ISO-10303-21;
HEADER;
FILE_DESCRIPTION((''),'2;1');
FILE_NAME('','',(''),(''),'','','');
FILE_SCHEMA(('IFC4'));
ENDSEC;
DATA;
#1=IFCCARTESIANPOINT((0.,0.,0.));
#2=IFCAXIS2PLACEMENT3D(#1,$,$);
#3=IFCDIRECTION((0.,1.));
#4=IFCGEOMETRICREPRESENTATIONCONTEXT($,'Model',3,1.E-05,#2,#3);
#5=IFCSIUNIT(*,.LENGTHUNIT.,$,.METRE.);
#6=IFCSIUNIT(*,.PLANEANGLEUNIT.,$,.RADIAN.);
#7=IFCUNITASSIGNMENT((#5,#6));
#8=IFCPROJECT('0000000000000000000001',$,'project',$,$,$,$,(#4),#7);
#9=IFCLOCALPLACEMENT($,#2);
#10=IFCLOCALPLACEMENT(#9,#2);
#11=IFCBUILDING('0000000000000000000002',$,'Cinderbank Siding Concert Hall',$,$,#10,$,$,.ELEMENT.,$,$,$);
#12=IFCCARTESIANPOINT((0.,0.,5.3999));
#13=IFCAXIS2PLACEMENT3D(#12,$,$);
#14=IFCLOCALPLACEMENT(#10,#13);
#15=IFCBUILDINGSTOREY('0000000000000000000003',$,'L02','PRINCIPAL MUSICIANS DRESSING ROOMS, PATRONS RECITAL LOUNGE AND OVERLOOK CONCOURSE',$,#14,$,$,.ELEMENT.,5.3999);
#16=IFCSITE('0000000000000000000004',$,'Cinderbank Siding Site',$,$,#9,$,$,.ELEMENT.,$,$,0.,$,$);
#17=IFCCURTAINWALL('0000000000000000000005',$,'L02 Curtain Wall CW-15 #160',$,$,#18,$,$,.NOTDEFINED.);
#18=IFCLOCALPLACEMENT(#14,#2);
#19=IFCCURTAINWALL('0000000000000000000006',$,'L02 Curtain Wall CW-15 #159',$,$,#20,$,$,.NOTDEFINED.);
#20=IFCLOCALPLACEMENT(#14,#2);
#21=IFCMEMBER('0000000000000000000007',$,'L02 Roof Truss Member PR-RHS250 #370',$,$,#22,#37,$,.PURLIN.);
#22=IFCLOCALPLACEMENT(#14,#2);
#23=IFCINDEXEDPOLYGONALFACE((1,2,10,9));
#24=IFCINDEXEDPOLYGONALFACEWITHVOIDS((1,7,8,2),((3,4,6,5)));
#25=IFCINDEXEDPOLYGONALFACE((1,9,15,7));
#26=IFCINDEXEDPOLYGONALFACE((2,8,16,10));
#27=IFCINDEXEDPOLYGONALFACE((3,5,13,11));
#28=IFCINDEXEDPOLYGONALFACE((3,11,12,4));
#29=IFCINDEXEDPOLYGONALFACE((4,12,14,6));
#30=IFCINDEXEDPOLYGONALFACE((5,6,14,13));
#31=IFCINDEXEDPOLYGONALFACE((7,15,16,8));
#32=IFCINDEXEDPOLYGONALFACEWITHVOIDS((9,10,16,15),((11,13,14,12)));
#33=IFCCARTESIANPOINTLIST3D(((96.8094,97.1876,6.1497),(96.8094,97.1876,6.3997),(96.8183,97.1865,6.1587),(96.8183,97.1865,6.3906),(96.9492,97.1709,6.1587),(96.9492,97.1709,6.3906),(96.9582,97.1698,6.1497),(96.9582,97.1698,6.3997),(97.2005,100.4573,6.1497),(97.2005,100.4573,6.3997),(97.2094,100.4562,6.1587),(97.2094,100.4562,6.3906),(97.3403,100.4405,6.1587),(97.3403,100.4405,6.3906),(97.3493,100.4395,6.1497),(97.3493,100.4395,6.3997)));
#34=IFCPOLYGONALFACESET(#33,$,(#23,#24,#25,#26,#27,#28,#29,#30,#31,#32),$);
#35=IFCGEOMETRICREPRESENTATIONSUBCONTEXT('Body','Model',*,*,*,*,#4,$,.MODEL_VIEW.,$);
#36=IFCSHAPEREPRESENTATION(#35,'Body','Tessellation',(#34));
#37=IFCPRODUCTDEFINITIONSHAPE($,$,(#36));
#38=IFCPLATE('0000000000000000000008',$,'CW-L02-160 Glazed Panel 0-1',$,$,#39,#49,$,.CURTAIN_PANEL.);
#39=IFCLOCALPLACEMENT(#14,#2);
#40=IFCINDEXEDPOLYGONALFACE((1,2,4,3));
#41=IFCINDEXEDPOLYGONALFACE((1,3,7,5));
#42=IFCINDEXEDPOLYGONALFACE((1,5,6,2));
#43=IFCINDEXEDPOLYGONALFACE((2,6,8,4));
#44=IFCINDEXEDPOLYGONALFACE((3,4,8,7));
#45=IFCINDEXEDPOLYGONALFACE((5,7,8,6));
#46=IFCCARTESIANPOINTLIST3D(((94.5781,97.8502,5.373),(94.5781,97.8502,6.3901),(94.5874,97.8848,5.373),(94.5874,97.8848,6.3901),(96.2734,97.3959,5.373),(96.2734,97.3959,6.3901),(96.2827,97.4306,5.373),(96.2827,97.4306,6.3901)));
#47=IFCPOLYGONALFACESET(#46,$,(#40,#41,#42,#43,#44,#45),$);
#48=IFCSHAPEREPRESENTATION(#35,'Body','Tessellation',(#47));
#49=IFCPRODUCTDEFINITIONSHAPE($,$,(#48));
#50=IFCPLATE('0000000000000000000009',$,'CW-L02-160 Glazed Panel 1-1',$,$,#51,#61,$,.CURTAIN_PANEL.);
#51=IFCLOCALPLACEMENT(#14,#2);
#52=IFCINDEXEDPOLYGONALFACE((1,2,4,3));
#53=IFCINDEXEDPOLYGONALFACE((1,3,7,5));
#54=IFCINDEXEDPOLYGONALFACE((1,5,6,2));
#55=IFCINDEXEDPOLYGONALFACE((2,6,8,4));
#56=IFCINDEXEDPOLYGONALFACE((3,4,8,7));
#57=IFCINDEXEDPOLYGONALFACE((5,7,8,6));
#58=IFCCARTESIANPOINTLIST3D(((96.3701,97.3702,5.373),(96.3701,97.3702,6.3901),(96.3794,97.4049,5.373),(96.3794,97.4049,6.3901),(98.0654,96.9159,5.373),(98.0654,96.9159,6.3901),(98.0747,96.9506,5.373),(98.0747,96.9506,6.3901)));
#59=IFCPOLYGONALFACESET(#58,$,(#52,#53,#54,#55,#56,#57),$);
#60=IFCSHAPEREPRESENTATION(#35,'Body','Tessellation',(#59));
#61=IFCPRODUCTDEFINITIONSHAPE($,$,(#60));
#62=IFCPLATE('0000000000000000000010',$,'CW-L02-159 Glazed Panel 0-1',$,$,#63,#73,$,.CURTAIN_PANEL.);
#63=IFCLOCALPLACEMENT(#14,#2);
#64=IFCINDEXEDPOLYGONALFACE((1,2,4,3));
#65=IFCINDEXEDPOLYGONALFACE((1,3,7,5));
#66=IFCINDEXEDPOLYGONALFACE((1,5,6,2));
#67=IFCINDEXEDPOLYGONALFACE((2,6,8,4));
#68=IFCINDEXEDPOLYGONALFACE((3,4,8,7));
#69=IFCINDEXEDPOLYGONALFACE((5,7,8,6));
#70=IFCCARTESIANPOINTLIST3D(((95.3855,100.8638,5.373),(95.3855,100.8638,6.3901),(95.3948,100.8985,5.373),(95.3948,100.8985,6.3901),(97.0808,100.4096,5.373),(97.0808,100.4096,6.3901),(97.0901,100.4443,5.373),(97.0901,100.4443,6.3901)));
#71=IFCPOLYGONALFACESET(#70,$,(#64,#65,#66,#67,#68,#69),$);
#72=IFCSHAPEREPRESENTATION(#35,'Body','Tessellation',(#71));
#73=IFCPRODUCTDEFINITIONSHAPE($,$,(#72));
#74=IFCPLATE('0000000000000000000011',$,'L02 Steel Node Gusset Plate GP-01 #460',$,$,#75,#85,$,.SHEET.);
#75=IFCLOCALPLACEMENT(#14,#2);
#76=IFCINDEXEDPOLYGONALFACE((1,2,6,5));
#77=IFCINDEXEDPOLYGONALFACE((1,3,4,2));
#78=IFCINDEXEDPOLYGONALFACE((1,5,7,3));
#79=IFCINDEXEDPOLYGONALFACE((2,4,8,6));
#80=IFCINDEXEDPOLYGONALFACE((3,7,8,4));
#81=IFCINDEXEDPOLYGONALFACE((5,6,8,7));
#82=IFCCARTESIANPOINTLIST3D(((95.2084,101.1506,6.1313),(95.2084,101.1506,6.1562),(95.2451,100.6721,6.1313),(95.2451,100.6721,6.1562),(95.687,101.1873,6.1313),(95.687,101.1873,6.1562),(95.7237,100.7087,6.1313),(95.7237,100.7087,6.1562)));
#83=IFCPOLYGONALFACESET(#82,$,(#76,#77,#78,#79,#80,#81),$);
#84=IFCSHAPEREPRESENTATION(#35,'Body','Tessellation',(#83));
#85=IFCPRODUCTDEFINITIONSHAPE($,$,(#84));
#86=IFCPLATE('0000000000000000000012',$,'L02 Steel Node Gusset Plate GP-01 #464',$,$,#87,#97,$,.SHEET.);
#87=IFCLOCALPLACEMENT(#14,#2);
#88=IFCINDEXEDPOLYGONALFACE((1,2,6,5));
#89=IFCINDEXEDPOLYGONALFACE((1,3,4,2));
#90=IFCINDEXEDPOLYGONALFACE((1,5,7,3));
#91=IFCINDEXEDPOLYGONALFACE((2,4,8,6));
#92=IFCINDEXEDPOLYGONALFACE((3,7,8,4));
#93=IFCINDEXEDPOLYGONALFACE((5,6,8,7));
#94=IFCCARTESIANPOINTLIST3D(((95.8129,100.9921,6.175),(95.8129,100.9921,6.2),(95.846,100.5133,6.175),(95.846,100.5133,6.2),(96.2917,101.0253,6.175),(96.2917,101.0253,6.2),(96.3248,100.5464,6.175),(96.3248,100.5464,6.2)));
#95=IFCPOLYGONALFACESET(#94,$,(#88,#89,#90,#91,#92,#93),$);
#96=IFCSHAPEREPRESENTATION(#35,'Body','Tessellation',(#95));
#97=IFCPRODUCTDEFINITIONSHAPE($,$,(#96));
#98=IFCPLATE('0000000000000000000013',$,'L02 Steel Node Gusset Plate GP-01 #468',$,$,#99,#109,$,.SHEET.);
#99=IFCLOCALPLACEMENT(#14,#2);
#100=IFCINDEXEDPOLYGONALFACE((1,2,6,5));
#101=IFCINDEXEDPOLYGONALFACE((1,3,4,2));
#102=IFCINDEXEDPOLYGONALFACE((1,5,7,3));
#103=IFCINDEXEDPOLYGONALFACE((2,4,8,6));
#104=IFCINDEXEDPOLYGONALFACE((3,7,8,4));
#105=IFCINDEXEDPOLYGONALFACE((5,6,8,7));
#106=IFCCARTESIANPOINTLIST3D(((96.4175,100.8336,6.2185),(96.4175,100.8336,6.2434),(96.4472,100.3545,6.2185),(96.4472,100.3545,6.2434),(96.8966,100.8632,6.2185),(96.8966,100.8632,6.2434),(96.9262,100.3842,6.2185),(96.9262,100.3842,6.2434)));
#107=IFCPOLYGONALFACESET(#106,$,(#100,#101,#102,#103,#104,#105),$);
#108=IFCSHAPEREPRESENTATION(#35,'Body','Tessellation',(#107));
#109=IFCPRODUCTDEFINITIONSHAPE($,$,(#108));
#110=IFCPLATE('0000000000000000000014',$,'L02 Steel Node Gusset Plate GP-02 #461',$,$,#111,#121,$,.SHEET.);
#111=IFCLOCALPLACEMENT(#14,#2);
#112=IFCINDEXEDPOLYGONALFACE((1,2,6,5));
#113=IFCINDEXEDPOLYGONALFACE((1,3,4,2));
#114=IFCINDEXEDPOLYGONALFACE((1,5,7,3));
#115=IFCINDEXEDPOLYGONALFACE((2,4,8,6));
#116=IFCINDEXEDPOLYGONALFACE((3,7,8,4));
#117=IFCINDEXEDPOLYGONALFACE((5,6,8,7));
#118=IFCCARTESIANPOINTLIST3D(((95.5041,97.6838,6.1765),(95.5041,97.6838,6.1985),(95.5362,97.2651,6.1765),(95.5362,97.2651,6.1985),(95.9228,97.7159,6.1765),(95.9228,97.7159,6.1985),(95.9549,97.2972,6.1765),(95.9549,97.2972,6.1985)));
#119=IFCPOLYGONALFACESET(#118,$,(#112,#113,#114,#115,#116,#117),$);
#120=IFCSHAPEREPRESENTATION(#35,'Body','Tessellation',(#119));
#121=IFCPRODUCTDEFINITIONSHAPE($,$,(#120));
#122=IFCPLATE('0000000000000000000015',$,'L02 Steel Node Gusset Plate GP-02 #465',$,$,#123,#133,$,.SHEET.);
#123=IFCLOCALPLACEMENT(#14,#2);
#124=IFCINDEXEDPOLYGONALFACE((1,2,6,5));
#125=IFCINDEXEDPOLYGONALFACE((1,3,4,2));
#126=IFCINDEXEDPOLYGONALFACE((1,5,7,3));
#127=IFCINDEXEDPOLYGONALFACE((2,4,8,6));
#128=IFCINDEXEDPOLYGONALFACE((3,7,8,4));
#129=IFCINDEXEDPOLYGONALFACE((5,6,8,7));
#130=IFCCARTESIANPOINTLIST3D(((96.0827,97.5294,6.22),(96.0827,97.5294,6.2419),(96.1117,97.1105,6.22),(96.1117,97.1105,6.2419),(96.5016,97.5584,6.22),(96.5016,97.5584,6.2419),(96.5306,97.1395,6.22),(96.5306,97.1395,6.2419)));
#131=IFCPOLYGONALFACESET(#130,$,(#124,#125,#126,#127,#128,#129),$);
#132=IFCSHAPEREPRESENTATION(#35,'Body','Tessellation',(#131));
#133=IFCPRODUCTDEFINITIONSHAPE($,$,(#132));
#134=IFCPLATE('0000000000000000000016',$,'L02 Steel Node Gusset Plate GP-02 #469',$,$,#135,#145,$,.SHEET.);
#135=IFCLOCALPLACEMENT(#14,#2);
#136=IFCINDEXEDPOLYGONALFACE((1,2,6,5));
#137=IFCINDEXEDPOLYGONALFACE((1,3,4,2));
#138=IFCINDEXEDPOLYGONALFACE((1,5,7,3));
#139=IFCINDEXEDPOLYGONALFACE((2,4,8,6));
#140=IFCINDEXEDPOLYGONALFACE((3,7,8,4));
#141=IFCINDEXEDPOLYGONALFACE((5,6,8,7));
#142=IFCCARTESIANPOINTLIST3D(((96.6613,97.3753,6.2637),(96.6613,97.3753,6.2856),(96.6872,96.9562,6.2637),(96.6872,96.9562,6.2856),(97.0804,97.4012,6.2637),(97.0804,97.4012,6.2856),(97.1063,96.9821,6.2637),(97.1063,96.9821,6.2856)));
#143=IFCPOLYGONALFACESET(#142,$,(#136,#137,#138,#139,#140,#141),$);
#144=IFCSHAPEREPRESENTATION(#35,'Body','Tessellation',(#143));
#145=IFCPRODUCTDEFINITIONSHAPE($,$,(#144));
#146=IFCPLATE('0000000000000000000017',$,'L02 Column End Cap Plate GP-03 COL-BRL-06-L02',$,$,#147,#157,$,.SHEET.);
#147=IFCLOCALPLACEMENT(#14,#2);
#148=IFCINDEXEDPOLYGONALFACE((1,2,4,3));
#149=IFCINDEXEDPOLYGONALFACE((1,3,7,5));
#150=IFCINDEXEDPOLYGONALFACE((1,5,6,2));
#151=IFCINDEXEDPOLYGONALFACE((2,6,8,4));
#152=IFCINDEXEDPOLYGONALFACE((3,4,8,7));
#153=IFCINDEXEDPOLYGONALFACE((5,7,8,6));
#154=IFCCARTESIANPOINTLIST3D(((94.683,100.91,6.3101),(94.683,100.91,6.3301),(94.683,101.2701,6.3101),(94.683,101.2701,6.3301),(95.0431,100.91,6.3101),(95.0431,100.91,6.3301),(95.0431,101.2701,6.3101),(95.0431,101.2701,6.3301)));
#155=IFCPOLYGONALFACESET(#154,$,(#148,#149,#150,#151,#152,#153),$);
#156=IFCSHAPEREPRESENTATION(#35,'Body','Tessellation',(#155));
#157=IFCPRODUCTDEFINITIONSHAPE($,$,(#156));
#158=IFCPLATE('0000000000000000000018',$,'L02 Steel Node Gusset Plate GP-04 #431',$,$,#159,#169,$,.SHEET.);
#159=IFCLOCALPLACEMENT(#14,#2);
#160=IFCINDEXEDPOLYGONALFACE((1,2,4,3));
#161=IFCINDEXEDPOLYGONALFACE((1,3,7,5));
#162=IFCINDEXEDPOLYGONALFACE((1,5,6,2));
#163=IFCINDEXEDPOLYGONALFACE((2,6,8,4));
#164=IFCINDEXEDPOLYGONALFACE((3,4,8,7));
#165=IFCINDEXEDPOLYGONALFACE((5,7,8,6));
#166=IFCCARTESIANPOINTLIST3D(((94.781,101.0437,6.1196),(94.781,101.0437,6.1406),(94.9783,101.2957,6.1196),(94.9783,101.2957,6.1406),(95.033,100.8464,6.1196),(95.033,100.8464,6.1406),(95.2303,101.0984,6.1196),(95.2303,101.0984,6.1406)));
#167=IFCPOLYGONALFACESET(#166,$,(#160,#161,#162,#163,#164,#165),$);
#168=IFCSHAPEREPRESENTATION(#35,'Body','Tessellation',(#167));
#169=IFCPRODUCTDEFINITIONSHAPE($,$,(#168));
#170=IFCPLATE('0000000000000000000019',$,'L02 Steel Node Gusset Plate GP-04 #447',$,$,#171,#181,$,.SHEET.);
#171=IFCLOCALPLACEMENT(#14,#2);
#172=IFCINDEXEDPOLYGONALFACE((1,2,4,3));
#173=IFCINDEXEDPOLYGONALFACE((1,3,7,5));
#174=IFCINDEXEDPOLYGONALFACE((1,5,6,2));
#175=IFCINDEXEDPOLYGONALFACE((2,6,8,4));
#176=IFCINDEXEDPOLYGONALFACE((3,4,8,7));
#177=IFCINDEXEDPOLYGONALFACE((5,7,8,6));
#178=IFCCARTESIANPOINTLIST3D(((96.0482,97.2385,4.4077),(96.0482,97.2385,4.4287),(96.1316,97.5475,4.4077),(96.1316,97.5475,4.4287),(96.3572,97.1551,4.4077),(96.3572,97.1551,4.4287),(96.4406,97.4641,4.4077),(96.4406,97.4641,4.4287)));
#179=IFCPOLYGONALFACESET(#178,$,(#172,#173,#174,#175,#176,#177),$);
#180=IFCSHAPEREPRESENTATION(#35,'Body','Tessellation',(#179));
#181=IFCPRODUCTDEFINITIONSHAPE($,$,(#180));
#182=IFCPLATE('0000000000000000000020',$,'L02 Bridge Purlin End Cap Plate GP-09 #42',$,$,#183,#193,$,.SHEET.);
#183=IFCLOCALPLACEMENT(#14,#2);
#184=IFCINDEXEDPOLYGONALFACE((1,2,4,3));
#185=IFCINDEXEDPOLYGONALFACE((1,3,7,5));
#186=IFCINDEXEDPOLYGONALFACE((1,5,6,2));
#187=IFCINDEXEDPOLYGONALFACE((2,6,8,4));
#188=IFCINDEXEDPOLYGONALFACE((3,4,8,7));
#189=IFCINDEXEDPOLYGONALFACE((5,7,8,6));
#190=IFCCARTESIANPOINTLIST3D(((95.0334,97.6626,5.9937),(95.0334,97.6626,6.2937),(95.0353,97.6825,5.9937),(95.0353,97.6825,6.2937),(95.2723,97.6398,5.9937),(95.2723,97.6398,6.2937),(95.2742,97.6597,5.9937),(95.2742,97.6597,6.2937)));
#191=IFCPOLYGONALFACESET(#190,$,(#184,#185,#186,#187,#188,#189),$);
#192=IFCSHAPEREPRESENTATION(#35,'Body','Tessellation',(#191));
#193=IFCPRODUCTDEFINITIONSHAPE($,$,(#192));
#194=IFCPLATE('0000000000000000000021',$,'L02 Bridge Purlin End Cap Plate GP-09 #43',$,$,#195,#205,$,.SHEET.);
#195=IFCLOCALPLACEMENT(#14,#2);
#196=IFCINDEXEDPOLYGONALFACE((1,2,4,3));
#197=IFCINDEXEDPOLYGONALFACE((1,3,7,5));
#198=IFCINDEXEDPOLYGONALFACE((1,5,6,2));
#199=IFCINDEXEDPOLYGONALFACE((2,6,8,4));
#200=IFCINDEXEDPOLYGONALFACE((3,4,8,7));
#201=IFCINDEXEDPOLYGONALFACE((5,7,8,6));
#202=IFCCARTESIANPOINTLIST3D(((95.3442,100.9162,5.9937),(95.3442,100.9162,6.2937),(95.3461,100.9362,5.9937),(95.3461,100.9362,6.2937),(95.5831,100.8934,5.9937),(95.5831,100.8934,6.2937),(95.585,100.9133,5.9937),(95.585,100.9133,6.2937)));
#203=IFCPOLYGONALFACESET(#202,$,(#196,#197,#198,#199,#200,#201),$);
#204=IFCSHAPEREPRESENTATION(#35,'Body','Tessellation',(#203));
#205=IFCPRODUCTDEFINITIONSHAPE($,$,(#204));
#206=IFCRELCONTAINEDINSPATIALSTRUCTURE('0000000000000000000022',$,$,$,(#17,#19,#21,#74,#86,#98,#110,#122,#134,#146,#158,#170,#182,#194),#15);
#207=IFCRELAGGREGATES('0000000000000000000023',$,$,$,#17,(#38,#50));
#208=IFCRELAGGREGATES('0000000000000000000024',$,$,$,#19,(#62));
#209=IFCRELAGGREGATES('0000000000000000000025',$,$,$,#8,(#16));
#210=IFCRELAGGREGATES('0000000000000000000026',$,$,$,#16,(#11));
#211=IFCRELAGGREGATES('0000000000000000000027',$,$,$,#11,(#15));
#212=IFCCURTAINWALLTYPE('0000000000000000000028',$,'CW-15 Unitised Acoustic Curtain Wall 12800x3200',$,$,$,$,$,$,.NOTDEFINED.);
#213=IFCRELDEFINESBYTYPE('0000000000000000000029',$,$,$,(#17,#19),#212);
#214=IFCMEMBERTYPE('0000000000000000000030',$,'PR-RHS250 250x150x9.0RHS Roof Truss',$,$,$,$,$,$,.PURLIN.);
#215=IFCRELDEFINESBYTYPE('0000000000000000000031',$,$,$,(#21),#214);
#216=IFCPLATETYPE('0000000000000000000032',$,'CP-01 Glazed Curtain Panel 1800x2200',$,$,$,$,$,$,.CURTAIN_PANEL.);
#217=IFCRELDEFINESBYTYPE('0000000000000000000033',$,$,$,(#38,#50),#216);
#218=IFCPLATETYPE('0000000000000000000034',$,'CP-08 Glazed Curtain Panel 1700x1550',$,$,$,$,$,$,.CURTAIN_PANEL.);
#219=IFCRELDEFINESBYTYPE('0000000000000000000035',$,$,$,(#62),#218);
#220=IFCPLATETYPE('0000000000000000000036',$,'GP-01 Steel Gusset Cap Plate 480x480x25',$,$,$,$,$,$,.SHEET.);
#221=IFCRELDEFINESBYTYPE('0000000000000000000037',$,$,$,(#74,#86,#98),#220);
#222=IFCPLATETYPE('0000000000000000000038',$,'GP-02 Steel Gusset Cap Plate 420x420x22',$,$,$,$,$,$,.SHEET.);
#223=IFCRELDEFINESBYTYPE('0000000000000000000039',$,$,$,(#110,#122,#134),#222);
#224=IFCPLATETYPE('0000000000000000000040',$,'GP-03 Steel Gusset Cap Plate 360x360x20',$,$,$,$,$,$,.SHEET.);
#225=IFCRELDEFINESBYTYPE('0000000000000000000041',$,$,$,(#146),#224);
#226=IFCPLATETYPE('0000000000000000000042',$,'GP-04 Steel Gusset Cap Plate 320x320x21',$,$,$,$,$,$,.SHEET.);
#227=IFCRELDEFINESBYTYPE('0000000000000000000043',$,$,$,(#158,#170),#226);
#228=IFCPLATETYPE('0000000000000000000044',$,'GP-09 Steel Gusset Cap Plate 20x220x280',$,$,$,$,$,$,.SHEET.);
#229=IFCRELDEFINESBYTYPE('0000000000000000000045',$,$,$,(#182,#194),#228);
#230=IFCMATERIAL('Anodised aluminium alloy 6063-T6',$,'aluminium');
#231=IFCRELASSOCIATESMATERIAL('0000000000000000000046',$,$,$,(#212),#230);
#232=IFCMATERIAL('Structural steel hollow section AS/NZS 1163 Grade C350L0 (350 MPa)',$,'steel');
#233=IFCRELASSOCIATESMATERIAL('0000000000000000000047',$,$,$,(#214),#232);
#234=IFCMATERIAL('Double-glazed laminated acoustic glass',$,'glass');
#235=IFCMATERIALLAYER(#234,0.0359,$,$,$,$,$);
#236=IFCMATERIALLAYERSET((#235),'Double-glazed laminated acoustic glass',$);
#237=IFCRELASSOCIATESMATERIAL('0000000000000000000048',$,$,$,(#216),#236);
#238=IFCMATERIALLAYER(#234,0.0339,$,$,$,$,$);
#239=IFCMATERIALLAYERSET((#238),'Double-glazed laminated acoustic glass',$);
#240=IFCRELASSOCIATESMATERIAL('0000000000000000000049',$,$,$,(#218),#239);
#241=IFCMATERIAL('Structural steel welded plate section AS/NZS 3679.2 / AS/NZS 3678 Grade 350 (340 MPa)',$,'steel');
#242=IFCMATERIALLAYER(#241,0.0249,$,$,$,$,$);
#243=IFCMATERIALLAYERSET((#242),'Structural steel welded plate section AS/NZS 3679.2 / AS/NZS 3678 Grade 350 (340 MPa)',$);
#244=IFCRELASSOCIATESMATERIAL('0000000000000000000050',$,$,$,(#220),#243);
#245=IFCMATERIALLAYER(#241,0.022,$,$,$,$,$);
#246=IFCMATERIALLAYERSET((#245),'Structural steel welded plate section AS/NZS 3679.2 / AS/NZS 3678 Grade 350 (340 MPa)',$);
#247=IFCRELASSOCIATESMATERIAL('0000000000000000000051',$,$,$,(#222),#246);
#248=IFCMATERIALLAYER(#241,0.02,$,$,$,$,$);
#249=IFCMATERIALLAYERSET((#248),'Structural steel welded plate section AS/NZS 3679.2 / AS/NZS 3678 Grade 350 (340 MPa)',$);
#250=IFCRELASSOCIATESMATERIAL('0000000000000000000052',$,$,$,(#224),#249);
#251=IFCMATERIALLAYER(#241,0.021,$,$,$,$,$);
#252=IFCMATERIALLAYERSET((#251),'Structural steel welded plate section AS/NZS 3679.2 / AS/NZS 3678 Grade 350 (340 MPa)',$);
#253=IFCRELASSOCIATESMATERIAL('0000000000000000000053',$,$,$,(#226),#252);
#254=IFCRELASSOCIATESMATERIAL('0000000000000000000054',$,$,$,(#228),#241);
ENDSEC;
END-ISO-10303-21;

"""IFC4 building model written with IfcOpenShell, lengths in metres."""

from ifc_helpers import new_model, si_unit, direction, frame, origin, origin_2d, place, context, subcontext, project, spatial, rectangle, hollow_rectangle, extrude, material, layer, layer_set, material_profile, profile_set, type_object, element, aggregate, save


model = new_model("IFC4")

# Units and contexts
model_context = context("Model", 3, precision=1e-05, world=origin(), true_north=direction((0.0, 1.0)))
body_context = subcontext(model_context, "Body", "Model", "MODEL_VIEW")
ifc_project = project(units=[si_unit("LENGTHUNIT", "METRE"), si_unit("PLANEANGLEUNIT", "RADIAN")], contexts=[model_context])

# Site, building, storey
site_placement = place(None, origin())
site = spatial("IfcSite", under=ifc_project, at=site_placement, Name="Cinderbank Siding Site", CompositionType="ELEMENT", RefElevation=0.0)
building_placement = place(site_placement, origin())
building = spatial("IfcBuilding", under=site, at=building_placement, Name="Cinderbank Siding Concert Hall", CompositionType="ELEMENT")
storey_placement = place(building_placement, frame((0.0, 0.0, 5.3999)))
storey = spatial("IfcBuildingStorey", under=building, at=storey_placement, Name="L02", Description="PRINCIPAL MUSICIANS DRESSING ROOMS, PATRONS RECITAL LOUNGE AND OVERLOOK CONCOURSE", CompositionType="ELEMENT", Elevation=5.3999)

# Shared definitions
ifc_material_1 = material(Name="Structural steel hollow section AS/NZS 1163 Grade C350L0 (350 MPa)", Category="steel")

# Curtain walls
ifc_material_2 = material(Name="Anodised aluminium alloy 6063-T6", Category="aluminium")
curtain_wall_type = type_object("IfcCurtainWallType", Name="CW-15 Unitised Acoustic Curtain Wall 12800x3200", PredefinedType="NOTDEFINED", material=ifc_material_2)
curtain_wall_1_placement = place(storey_placement, origin())
curtain_wall_1 = element("IfcCurtainWall", 1, at=curtain_wall_1_placement, inside=storey, type_object=curtain_wall_type, Name="L02 Curtain Wall CW-15 #160", PredefinedType="NOTDEFINED")
curtain_wall_2_placement = place(storey_placement, origin())
curtain_wall_2 = element("IfcCurtainWall", 2, at=curtain_wall_2_placement, inside=storey, type_object=curtain_wall_type, Name="L02 Curtain Wall CW-15 #159", PredefinedType="NOTDEFINED")

# Member
ifc_material_profile_1 = material_profile(ifc_material_1, hollow_rectangle(XDim=0.1499, YDim=0.25, WallThickness=0.009, at=origin_2d()), Name="250x150x9.0RHS", Category="LoadBearing")
ifc_profile_set_1 = profile_set([ifc_material_profile_1], Name="Structural steel hollow section AS/NZS 1163 Grade C350L0 (350 MPa)")
member_type_1 = type_object("IfcMemberType", Name="PR-RHS250 250x150x9.0RHS Roof Truss", PredefinedType="PURLIN", material=ifc_profile_set_1)
member_1_placement = place(storey_placement, frame((96.8838, 97.1787, 6.2747), z_axis=(0.118768, 0.992922, 0.0), x_axis=(-0.992922, 0.118768, 0.0)))
element("IfcMember", 3, at=member_1_placement, inside=storey, type_object=member_type_1, Name="L02 Roof Truss Member PR-RHS250 #370", PredefinedType="PURLIN", context=body_context, shape_type="SweptSolid", body=[
    extrude(hollow_rectangle(XDim=0.1499, YDim=0.25, WallThickness=0.009, at=origin_2d()), origin(), (0.0, 0.0, 1.0), 3.293),
])

# Plates
ifc_material_3 = material(Name="Double-glazed laminated acoustic glass", Category="glass")
ifc_layer_1 = layer(ifc_material_3, 0.0359)
ifc_layer_set_1 = layer_set([ifc_layer_1], Name="Double-glazed laminated acoustic glass")
plate_type_1 = type_object("IfcPlateType", Name="CP-01 Glazed Curtain Panel 1800x2200", PredefinedType="CURTAIN_PANEL", material=ifc_layer_set_1)
plate_1_placement = place(storey_placement, frame((95.4304, 97.6404, 5.373), z_axis=(0.0, 0.0, 1.0), x_axis=(0.965926, -0.258818, 0.0)))
plate_1 = element("IfcPlate", 4, at=plate_1_placement, type_object=plate_type_1, Name="CW-L02-160 Glazed Panel 0-1", PredefinedType="CURTAIN_PANEL", context=body_context, shape_type="SweptSolid", body=[
    extrude(rectangle(XDim=1.7551, YDim=0.0359, at=origin_2d()), origin(), (0.0, 0.0, 1.0), 1.0171),
])
plate_2_placement = place(storey_placement, frame((97.2224, 97.1604, 5.373), z_axis=(0.0, 0.0, 1.0), x_axis=(0.965926, -0.258818, 0.0)))
plate_2 = element("IfcPlate", 5, at=plate_2_placement, type_object=plate_type_1, Name="CW-L02-160 Glazed Panel 1-1", PredefinedType="CURTAIN_PANEL", context=body_context, shape_type="SweptSolid", body=[
    extrude(rectangle(XDim=1.7551, YDim=0.0359, at=origin_2d()), origin(), (0.0, 0.0, 1.0), 1.0171),
])
aggregate(curtain_wall_1, [plate_1, plate_2])
ifc_layer_2 = layer(ifc_material_3, 0.0339)
ifc_layer_set_2 = layer_set([ifc_layer_2], Name="Double-glazed laminated acoustic glass")
plate_type_2 = type_object("IfcPlateType", Name="CP-08 Glazed Curtain Panel 1700x1550", PredefinedType="CURTAIN_PANEL", material=ifc_layer_set_2)
plate_3_placement = place(storey_placement, frame((96.2378, 100.6541, 5.373), z_axis=(0.0, 0.0, 1.0), x_axis=(0.965926, -0.258818, 0.0)))
plate_3 = element("IfcPlate", 6, at=plate_3_placement, type_object=plate_type_2, Name="CW-L02-159 Glazed Panel 0-1", PredefinedType="CURTAIN_PANEL", context=body_context, shape_type="SweptSolid", body=[
    extrude(rectangle(XDim=1.7551, YDim=0.0359, at=origin_2d()), origin(), (0.0, 0.0, 1.0), 1.0171),
])
aggregate(curtain_wall_2, [plate_3])

# Plates
ifc_material_4 = material(Name="Structural steel welded plate section AS/NZS 3679.2 / AS/NZS 3678 Grade 350 (340 MPa)", Category="steel")
ifc_layer_3 = layer(ifc_material_4, 0.0249)
ifc_layer_set_3 = layer_set([ifc_layer_3], Name="Structural steel welded plate section AS/NZS 3679.2 / AS/NZS 3678 Grade 350 (340 MPa)")
plate_type_3 = type_object("IfcPlateType", Name="GP-01 Steel Gusset Cap Plate 480x480x25", PredefinedType="SHEET", material=ifc_layer_set_3)
for number, where, z_axis, x_axis, name in (
    (7, (95.4661, 100.9297, 6.1313), (0.0, 0.0, 1.0), (0.076371, -0.997079, 0.0), "L02 Steel Node Gusset Plate GP-01 #460"),
    (8, (96.0688, 100.7693, 6.175), (0.0, 0.0, 1.0), (0.06906, -0.997613, 0.0), "L02 Steel Node Gusset Plate GP-01 #464"),
    (9, (96.6719, 100.6089, 6.2185), (0.0, 0.0, 1.0), (0.061745, -0.998092, 0.0), "L02 Steel Node Gusset Plate GP-01 #468"),
):
    element("IfcPlate", number, at=place(storey_placement, frame(where, z_axis=z_axis, x_axis=x_axis)), inside=storey, type_object=plate_type_3, Name=name, PredefinedType="SHEET", context=body_context, shape_type="SweptSolid", body=[
        extrude(rectangle(XDim=0.48, YDim=0.48, at=origin_2d()), origin(), (0.0, 0.0, 1.0), 0.0249),
    ])
ifc_layer_4 = layer(ifc_material_4, 0.022)
ifc_layer_set_4 = layer_set([ifc_layer_4], Name="Structural steel welded plate section AS/NZS 3679.2 / AS/NZS 3678 Grade 350 (340 MPa)")
plate_type_4 = type_object("IfcPlateType", Name="GP-02 Steel Gusset Cap Plate 420x420x22", PredefinedType="SHEET", material=ifc_layer_set_4)
for number, where, z_axis, x_axis, name in (
    (10, (95.7295, 97.4905, 6.1765), (0.0, 0.0, 1.0), (0.076371, -0.997079, 0.0), "L02 Steel Node Gusset Plate GP-02 #461"),
    (11, (96.3066, 97.3345, 6.22), (0.0, 0.0, 1.0), (0.06906, -0.997613, 0.0), "L02 Steel Node Gusset Plate GP-02 #465"),
    (12, (96.8838, 97.1787, 6.2637), (0.0, 0.0, 1.0), (0.061745, -0.998092, 0.0), "L02 Steel Node Gusset Plate GP-02 #469"),
):
    element("IfcPlate", number, at=place(storey_placement, frame(where, z_axis=z_axis, x_axis=x_axis)), inside=storey, type_object=plate_type_4, Name=name, PredefinedType="SHEET", context=body_context, shape_type="SweptSolid", body=[
        extrude(rectangle(XDim=0.4199, YDim=0.4199, at=origin_2d()), origin(), (0.0, 0.0, 1.0), 0.022),
    ])
ifc_layer_5 = layer(ifc_material_4, 0.02)
ifc_layer_set_5 = layer_set([ifc_layer_5], Name="Structural steel welded plate section AS/NZS 3679.2 / AS/NZS 3678 Grade 350 (340 MPa)")
plate_type_5 = type_object("IfcPlateType", Name="GP-03 Steel Gusset Cap Plate 360x360x20", PredefinedType="SHEET", material=ifc_layer_set_5)
plate_4_placement = place(storey_placement, frame((94.863, 101.0901, 6.3101), z_axis=(0.0, 0.0, 1.0), x_axis=(1.0, 0.0, 0.0)))
element("IfcPlate", 13, at=plate_4_placement, inside=storey, type_object=plate_type_5, Name="L02 Column End Cap Plate GP-03 COL-BRL-06-L02", PredefinedType="SHEET", context=body_context, shape_type="SweptSolid", body=[
    extrude(rectangle(XDim=0.3601, YDim=0.3601, at=origin_2d()), origin(), (0.0, 0.0, 1.0), 0.02),
])
ifc_layer_6 = layer(ifc_material_4, 0.021)
ifc_layer_set_6 = layer_set([ifc_layer_6], Name="Structural steel welded plate section AS/NZS 3679.2 / AS/NZS 3678 Grade 350 (340 MPa)")
plate_type_6 = type_object("IfcPlateType", Name="GP-04 Steel Gusset Cap Plate 320x320x21", PredefinedType="SHEET", material=ifc_layer_set_6)
for number, where, z_axis, x_axis, name in (
    (14, (95.0056, 101.071, 6.1196), (0.0, 0.0, 1.0), (0.616486, 0.787366, 0.0), "L02 Steel Node Gusset Plate GP-04 #431"),
    (15, (96.2444, 97.3513, 4.4077), (0.0, 0.0, 1.0), (0.965427, -0.260673, 0.0), "L02 Steel Node Gusset Plate GP-04 #447"),
):
    element("IfcPlate", number, at=place(storey_placement, frame(where, z_axis=z_axis, x_axis=x_axis)), inside=storey, type_object=plate_type_6, Name=name, PredefinedType="SHEET", context=body_context, shape_type="SweptSolid", body=[
        extrude(rectangle(XDim=0.3201, YDim=0.3201, at=origin_2d()), origin(), (0.0, 0.0, 1.0), 0.021),
    ])
plate_type_7 = type_object("IfcPlateType", Name="GP-09 Steel Gusset Cap Plate 20x220x280", PredefinedType="SHEET", material=ifc_material_4)
for number, where, z_axis, x_axis, name in (
    (16, (95.1538, 97.6611, 5.9937), (0.0, 0.0, 1.0), (0.095151, 0.995463, 0.0), "L02 Bridge Purlin End Cap Plate GP-09 #42"),
    (17, (95.4646, 100.9148, 5.9937), (0.0, 0.0, 1.0), (0.095151, 0.995463, 0.0), "L02 Bridge Purlin End Cap Plate GP-09 #43"),
):
    element("IfcPlate", number, at=place(storey_placement, frame(where, z_axis=z_axis, x_axis=x_axis)), inside=storey, type_object=plate_type_7, Name=name, PredefinedType="SHEET", context=body_context, shape_type="SweptSolid", body=[
        extrude(rectangle(XDim=0.02, YDim=0.24, at=origin_2d()), origin(), (0.0, 0.0, 1.0), 0.3),
    ])

save(model, "model.ifc")
